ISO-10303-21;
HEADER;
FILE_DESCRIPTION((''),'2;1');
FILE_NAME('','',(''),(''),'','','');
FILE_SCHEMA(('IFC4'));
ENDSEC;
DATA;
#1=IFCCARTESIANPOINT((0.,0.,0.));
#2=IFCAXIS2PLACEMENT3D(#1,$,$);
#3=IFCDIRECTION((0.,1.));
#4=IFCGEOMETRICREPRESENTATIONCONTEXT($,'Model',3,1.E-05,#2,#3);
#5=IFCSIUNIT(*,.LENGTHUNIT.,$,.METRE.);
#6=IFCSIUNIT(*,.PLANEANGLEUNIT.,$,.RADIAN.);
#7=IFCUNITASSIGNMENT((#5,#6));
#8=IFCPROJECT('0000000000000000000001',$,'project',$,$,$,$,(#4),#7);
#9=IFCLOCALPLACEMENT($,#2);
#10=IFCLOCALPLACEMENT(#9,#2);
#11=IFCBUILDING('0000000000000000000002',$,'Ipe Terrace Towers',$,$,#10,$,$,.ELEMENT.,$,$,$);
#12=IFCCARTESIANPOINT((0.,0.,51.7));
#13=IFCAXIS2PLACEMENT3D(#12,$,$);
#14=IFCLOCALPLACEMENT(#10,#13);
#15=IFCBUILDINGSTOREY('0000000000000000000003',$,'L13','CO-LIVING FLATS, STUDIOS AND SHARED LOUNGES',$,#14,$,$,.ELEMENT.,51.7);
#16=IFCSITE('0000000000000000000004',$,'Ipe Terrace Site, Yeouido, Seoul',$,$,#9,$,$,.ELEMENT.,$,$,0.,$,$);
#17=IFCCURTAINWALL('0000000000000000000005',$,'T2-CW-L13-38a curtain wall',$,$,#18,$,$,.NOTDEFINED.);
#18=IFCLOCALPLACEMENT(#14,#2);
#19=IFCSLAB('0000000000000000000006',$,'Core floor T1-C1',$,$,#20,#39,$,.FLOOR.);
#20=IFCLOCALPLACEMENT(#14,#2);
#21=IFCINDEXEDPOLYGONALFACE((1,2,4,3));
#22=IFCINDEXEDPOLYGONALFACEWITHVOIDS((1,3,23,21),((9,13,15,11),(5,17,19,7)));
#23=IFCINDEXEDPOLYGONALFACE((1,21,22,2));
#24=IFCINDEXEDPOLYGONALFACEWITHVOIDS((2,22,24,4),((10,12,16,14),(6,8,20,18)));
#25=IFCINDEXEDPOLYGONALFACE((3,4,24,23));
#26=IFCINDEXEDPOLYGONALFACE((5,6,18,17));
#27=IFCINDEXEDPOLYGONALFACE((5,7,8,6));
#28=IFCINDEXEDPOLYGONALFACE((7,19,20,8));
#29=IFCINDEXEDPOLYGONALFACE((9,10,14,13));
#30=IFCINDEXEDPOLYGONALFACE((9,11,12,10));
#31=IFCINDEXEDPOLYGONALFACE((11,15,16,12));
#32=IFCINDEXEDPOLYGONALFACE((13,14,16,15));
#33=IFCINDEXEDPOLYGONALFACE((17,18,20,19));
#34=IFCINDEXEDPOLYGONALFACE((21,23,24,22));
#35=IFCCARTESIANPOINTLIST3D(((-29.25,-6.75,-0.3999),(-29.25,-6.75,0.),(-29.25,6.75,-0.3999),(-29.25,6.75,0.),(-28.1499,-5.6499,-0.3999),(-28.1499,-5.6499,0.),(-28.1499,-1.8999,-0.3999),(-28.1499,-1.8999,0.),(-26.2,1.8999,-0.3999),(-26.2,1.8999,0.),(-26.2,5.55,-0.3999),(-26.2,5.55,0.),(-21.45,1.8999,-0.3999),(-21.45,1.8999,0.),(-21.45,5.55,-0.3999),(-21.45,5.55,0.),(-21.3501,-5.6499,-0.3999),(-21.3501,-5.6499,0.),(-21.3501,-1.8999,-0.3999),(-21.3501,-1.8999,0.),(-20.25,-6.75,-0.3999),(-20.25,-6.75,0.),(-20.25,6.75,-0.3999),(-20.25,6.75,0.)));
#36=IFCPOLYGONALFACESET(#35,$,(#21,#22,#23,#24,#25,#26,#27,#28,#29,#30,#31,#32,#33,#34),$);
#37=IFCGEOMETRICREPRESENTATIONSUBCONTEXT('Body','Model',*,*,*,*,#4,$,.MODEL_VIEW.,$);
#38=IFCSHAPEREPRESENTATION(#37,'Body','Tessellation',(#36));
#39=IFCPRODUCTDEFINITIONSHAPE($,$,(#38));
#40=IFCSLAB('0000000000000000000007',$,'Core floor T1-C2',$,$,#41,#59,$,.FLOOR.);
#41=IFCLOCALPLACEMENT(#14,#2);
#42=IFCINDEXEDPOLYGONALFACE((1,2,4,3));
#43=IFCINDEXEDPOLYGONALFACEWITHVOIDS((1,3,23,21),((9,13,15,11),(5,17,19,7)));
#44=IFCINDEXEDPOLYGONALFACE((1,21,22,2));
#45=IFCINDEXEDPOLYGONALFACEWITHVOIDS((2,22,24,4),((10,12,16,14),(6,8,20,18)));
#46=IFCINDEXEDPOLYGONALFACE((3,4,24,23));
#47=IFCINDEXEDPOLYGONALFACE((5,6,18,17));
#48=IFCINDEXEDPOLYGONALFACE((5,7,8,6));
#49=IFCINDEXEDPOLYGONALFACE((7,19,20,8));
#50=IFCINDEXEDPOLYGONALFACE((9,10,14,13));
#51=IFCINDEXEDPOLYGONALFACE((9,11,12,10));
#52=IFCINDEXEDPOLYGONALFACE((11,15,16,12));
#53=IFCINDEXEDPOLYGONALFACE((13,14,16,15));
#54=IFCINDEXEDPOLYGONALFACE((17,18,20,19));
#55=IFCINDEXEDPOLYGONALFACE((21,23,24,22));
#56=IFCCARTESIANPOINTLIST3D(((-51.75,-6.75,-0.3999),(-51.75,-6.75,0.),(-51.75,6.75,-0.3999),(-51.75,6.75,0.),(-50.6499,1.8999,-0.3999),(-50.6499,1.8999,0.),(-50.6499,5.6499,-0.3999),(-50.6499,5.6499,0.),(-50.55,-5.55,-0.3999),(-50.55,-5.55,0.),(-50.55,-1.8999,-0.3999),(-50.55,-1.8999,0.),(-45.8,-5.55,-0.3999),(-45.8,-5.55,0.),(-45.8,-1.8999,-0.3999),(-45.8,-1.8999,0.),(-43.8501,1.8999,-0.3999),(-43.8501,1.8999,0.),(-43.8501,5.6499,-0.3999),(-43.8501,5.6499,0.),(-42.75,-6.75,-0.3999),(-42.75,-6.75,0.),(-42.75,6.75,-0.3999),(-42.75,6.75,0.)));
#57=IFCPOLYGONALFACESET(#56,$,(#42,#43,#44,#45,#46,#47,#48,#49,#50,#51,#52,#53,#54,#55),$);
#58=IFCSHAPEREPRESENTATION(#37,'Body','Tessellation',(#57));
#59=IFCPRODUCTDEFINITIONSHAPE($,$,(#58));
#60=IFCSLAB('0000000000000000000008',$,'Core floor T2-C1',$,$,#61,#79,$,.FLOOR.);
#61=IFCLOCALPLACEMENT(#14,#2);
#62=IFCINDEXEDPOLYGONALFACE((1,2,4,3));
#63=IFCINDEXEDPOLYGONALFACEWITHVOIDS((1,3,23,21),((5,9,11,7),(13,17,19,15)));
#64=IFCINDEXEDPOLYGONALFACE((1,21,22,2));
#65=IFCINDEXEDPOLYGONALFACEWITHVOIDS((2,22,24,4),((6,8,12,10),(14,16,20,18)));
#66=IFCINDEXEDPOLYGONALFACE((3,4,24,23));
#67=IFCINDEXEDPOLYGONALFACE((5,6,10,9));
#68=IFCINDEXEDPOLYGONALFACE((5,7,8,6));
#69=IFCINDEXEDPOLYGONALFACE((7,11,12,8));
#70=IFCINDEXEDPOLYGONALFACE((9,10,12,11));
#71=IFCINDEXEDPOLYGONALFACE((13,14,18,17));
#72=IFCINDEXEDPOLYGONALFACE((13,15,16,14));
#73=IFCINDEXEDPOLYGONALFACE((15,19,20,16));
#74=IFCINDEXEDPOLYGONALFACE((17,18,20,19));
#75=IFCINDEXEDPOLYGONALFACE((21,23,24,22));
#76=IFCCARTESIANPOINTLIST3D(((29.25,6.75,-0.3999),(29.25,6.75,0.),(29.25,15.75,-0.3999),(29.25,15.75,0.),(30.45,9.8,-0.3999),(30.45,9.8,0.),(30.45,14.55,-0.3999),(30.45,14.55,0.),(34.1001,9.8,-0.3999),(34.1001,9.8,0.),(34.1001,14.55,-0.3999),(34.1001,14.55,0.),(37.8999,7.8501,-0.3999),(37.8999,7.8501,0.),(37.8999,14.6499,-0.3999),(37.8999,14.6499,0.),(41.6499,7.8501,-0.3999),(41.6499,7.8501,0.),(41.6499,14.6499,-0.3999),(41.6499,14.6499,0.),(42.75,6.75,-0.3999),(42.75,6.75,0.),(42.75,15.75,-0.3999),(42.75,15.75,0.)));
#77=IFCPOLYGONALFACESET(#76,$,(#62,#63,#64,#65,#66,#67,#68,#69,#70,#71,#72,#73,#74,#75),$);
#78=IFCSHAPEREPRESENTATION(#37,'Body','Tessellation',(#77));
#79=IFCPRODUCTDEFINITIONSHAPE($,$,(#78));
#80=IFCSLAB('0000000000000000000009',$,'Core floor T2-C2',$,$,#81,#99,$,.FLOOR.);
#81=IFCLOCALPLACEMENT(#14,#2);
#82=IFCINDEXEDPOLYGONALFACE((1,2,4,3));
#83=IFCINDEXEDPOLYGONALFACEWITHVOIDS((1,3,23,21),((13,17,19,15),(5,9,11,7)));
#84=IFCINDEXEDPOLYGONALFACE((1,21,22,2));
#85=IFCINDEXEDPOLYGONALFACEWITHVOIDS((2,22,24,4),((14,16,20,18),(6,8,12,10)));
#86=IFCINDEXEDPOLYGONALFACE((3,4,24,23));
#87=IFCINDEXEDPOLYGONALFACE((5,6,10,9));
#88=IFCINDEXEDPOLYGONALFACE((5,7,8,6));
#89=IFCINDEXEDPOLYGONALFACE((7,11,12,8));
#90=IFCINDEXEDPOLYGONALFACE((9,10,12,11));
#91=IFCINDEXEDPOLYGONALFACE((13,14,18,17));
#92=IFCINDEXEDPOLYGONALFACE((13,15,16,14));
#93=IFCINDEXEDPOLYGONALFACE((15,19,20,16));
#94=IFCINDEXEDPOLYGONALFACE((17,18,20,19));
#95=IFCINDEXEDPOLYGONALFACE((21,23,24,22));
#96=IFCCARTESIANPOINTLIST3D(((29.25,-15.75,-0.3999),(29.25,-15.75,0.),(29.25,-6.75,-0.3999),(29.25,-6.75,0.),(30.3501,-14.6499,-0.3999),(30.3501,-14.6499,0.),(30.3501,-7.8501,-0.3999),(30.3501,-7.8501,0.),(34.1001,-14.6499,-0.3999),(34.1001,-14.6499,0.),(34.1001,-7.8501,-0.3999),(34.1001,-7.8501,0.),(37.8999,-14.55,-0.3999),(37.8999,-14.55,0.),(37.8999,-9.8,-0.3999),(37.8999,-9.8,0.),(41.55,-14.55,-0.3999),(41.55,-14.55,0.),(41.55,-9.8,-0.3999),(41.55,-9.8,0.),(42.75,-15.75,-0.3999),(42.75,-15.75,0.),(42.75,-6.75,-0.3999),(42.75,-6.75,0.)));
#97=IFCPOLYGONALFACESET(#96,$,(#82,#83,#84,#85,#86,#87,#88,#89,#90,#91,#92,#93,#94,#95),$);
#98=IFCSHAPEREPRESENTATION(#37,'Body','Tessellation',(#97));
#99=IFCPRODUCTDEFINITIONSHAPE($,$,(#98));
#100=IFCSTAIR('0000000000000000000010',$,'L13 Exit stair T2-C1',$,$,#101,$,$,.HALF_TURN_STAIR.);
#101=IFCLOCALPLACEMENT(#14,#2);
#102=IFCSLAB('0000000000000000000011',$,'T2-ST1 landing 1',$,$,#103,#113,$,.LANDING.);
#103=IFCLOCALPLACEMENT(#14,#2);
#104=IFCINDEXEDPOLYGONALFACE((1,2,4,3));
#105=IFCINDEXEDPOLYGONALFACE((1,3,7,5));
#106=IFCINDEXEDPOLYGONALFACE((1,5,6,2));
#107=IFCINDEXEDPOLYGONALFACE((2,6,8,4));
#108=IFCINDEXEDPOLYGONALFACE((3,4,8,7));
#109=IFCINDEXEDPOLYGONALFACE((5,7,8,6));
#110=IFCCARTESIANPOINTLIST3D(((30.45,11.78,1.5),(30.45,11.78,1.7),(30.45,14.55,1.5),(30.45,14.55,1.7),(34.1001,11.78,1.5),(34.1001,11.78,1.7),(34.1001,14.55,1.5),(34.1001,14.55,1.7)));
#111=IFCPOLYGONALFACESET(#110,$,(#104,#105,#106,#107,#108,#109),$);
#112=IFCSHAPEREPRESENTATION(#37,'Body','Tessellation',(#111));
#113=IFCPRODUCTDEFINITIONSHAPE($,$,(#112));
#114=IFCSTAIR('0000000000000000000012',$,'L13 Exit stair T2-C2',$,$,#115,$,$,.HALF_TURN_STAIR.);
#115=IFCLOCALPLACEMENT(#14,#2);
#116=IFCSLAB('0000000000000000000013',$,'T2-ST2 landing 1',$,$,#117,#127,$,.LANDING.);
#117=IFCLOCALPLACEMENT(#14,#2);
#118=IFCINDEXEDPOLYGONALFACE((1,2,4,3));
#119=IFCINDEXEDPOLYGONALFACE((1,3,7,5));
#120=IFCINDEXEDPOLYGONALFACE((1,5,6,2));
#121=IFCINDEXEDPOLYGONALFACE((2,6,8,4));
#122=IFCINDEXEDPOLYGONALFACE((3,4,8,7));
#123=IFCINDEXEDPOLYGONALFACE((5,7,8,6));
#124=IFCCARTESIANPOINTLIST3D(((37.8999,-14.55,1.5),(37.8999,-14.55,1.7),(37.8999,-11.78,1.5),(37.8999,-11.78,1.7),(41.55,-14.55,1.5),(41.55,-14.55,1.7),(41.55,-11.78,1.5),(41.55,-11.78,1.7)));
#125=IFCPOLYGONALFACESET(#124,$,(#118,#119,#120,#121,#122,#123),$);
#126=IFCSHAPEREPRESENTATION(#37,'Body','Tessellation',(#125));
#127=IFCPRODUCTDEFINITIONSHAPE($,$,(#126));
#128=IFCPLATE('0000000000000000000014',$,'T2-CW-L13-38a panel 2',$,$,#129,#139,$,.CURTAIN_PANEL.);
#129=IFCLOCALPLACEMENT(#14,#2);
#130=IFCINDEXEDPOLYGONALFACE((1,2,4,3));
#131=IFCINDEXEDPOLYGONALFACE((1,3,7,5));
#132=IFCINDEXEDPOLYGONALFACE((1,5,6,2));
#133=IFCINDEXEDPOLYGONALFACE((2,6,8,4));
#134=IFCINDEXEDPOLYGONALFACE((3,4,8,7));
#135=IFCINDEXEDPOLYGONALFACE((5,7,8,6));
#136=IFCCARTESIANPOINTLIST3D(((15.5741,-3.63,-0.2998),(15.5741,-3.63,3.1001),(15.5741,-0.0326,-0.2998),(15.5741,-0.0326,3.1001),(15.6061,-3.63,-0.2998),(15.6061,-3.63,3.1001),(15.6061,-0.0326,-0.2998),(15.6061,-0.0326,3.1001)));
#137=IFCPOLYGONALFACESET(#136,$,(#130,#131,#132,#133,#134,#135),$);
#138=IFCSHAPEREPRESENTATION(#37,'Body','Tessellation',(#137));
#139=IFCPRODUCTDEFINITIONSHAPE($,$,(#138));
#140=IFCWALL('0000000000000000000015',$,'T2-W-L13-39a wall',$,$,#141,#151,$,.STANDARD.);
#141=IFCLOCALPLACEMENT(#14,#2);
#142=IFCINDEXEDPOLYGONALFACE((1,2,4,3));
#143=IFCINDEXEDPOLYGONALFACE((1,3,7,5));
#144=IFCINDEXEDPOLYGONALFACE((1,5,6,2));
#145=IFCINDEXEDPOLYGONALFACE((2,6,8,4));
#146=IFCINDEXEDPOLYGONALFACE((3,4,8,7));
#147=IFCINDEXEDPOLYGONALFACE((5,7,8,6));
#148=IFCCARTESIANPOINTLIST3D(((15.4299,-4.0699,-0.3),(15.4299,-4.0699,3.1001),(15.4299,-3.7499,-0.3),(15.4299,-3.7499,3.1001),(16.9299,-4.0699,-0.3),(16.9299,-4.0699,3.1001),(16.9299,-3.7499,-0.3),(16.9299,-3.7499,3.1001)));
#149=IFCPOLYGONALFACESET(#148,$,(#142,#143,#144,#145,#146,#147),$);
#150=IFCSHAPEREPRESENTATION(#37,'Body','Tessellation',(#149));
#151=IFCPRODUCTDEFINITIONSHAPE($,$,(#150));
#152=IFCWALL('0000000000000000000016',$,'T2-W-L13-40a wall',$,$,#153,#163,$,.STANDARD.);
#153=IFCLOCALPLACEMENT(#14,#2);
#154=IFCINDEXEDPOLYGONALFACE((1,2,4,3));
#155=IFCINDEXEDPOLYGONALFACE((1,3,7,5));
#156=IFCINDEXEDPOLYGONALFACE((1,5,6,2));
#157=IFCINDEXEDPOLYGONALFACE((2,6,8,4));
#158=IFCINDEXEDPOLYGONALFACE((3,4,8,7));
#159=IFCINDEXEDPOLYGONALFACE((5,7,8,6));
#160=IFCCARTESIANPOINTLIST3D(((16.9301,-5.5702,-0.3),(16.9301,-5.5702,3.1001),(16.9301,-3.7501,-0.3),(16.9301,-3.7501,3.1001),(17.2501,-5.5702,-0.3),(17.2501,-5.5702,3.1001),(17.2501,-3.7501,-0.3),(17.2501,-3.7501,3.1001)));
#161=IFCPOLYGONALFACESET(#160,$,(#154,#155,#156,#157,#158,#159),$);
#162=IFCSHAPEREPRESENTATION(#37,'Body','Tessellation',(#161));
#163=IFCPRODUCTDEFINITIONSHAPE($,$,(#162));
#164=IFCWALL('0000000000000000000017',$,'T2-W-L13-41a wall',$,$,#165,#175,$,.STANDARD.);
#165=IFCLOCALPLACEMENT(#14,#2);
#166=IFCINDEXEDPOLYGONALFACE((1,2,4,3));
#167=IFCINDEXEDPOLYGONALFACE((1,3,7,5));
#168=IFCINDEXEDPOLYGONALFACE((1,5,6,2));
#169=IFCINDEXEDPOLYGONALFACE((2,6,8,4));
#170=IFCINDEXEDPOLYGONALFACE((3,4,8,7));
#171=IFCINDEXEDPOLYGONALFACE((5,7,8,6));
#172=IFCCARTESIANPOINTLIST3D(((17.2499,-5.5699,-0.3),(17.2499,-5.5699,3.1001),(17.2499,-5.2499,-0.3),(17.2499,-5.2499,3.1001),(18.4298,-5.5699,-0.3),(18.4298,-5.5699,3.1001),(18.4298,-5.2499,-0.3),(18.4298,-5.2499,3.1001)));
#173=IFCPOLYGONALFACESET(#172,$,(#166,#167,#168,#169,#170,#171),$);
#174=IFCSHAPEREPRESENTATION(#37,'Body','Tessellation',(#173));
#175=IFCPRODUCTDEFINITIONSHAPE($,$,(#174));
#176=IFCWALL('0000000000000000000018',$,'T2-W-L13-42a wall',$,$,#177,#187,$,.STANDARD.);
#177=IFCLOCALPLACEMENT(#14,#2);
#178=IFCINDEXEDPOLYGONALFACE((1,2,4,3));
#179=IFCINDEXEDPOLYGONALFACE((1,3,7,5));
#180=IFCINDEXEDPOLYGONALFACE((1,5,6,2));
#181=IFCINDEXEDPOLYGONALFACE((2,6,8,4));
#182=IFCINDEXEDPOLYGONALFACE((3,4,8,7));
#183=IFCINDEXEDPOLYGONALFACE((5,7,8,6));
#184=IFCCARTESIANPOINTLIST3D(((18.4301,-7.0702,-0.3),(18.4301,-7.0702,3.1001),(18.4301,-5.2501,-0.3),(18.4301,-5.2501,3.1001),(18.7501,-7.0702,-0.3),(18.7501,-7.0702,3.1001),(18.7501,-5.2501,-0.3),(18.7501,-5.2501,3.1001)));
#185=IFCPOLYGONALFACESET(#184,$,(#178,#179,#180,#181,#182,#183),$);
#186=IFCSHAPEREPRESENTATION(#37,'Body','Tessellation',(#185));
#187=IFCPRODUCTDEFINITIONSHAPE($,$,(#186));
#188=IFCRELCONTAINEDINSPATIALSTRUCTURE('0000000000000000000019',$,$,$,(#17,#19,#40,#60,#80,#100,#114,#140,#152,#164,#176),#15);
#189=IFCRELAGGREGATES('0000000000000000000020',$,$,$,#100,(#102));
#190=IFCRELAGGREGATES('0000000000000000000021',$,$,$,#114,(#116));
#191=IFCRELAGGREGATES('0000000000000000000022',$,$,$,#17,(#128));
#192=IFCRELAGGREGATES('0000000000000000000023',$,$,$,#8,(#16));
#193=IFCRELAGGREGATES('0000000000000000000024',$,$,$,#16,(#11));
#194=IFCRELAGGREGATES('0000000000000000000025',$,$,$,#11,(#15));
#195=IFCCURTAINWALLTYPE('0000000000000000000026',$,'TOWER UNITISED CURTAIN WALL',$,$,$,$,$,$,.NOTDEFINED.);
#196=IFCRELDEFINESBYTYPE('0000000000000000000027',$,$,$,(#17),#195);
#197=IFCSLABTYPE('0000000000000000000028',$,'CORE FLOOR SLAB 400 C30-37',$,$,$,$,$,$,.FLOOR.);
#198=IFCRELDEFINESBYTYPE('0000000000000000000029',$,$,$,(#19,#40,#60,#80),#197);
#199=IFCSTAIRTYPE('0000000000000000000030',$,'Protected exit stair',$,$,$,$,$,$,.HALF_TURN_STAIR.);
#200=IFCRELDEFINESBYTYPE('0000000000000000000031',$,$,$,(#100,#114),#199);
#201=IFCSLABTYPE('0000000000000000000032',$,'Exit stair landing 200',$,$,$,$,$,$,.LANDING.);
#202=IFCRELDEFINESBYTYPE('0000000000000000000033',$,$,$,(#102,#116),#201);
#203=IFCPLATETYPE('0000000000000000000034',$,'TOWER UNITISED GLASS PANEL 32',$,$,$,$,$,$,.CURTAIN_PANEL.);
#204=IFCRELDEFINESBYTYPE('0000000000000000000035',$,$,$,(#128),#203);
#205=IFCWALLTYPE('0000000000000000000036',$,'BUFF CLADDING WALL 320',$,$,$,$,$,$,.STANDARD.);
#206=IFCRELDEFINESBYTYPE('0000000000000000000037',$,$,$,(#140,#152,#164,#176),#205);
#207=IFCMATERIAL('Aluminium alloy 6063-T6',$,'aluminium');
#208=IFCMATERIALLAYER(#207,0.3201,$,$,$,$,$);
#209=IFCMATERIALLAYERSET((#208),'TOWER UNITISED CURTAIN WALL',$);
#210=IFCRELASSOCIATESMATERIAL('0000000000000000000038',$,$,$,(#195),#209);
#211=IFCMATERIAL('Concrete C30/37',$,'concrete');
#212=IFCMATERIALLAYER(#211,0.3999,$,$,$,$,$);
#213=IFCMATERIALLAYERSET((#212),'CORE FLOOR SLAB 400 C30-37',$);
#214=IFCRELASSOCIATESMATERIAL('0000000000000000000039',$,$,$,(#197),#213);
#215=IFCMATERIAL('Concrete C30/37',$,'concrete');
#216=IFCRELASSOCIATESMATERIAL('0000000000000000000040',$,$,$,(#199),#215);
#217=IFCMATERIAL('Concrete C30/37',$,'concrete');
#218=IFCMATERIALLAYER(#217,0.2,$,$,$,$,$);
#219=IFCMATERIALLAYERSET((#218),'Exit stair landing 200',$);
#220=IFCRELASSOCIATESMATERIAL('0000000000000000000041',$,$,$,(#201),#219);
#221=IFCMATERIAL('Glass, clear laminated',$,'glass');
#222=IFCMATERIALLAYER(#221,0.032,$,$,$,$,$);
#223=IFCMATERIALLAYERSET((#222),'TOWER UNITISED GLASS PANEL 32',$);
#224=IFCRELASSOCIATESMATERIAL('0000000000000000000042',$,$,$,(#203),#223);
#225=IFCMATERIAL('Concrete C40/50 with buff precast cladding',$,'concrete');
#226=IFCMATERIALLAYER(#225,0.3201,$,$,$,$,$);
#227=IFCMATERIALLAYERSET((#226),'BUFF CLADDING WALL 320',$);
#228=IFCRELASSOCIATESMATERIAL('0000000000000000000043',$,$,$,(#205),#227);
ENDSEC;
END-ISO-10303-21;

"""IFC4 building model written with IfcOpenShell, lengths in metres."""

from ifc_helpers import new_model, si_unit, direction, frame, frame_2d, origin, origin_2d, place, context, subcontext, project, spatial, polyline, rectangle, outline, extrude, material, layer, layer_set, type_object, element, aggregate, save


model = new_model("IFC4")

# Units and contexts
model_context = context("Model", 3, precision=1e-05, world=origin(), true_north=direction((0.0, 1.0)))
body_context = subcontext(model_context, "Body", "Model", "MODEL_VIEW")
ifc_project = project(units=[si_unit("LENGTHUNIT", "METRE"), si_unit("PLANEANGLEUNIT", "RADIAN")], contexts=[model_context])

# Site, building, storey
site_placement = place(None, origin())
site = spatial("IfcSite", under=ifc_project, at=site_placement, Name="Ipe Terrace Site, Yeouido, Seoul", CompositionType="ELEMENT", RefElevation=0.0)
building_placement = place(site_placement, origin())
building = spatial("IfcBuilding", under=site, at=building_placement, Name="Ipe Terrace Towers", CompositionType="ELEMENT")
storey_placement = place(building_placement, frame((0.0, 0.0, 51.7)))
storey = spatial("IfcBuildingStorey", under=building, at=storey_placement, Name="L13", Description="CO-LIVING FLATS, STUDIOS AND SHARED LOUNGES", CompositionType="ELEMENT", Elevation=51.7)

# Curtain wall
ifc_material_1 = material(Name="Aluminium alloy 6063-T6", Category="aluminium")
ifc_layer_1 = layer(ifc_material_1, 0.3201)
ifc_layer_set_1 = layer_set([ifc_layer_1], Name="TOWER UNITISED CURTAIN WALL")
curtain_wall_type = type_object("IfcCurtainWallType", Name="TOWER UNITISED CURTAIN WALL", PredefinedType="NOTDEFINED", material=ifc_layer_set_1)
curtain_wall_1_placement = place(storey_placement, origin())
curtain_wall_1 = element("IfcCurtainWall", 1, at=curtain_wall_1_placement, inside=storey, type_object=curtain_wall_type, Name="T2-CW-L13-38a curtain wall", PredefinedType="NOTDEFINED")

# Slabs
ifc_material_2 = material(Name="Concrete C30/37", Category="concrete")
ifc_layer_2 = layer(ifc_material_2, 0.3999)
ifc_layer_set_2 = layer_set([ifc_layer_2], Name="CORE FLOOR SLAB 400 C30-37")
slab_type_1 = type_object("IfcSlabType", Name="CORE FLOOR SLAB 400 C30-37", PredefinedType="FLOOR", material=ifc_layer_set_2)
slab_1_placement = place(storey_placement, frame((0.0, 0.0, -0.3999)))
element("IfcSlab", 2, at=slab_1_placement, inside=storey, type_object=slab_type_1, Name="Core floor T1-C1", PredefinedType="FLOOR", context=body_context, shape_type="SweptSolid", body=[
    extrude(outline(polyline([(-29.25, -6.75), (-29.25, 6.75), (-20.25, 6.75), (-20.25, -6.75), (-29.25, -6.75)]), holes=[polyline([(-28.1499, -5.6499), (-21.3501, -5.6499), (-21.3501, -1.8999), (-28.1499, -1.8999), (-28.1499, -5.6499)]), polyline([(-26.2, 5.55), (-26.2, 1.8999), (-21.45, 1.8999), (-21.45, 5.55), (-26.2, 5.55)])]), origin(), (0.0, 0.0, 1.0), 0.3999),
])
slab_2_placement = place(storey_placement, frame((0.0, 0.0, -0.3999)))
element("IfcSlab", 3, at=slab_2_placement, inside=storey, type_object=slab_type_1, Name="Core floor T1-C2", PredefinedType="FLOOR", context=body_context, shape_type="SweptSolid", body=[
    extrude(outline(polyline([(-51.75, -6.75), (-51.75, 6.75), (-42.75, 6.75), (-42.75, -6.75), (-51.75, -6.75)]), holes=[polyline([(-45.8, -5.55), (-45.8, -1.8999), (-50.55, -1.8999), (-50.55, -5.55), (-45.8, -5.55)]), polyline([(-50.6499, 1.8999), (-43.8501, 1.8999), (-43.8501, 5.6499), (-50.6499, 5.6499), (-50.6499, 1.8999)])]), origin(), (0.0, 0.0, 1.0), 0.3999),
])
slab_3_placement = place(storey_placement, frame((0.0, 0.0, -0.3999)))
element("IfcSlab", 4, at=slab_3_placement, inside=storey, type_object=slab_type_1, Name="Core floor T2-C1", PredefinedType="FLOOR", context=body_context, shape_type="SweptSolid", body=[
    extrude(outline(polyline([(29.25, 6.75), (29.25, 15.75), (42.75, 15.75), (42.75, 6.75), (29.25, 6.75)]), holes=[polyline([(41.6499, 7.8501), (41.6499, 14.6499), (37.8999, 14.6499), (37.8999, 7.8501), (41.6499, 7.8501)]), polyline([(30.45, 9.8), (34.1001, 9.8), (34.1001, 14.55), (30.45, 14.55), (30.45, 9.8)])]), origin(), (0.0, 0.0, 1.0), 0.3999),
])
slab_4_placement = place(storey_placement, frame((0.0, 0.0, -0.3999)))
element("IfcSlab", 5, at=slab_4_placement, inside=storey, type_object=slab_type_1, Name="Core floor T2-C2", PredefinedType="FLOOR", context=body_context, shape_type="SweptSolid", body=[
    extrude(outline(polyline([(29.25, -15.75), (29.25, -6.75), (42.75, -6.75), (42.75, -15.75), (29.25, -15.75)]), holes=[polyline([(34.1001, -14.6499), (34.1001, -7.8501), (30.3501, -7.8501), (30.3501, -14.6499), (34.1001, -14.6499)]), polyline([(41.55, -9.8), (37.8999, -9.8), (37.8999, -14.55), (41.55, -14.55), (41.55, -9.8)])]), origin(), (0.0, 0.0, 1.0), 0.3999),
])

# Stairs, slabs
ifc_material_3 = material(Name="Concrete C30/37", Category="concrete")
stair_type = type_object("IfcStairType", Name="Protected exit stair", PredefinedType="HALF_TURN_STAIR", material=ifc_material_3)
stair_1_placement = place(storey_placement, origin())
stair_1 = element("IfcStair", 6, at=stair_1_placement, inside=storey, type_object=stair_type, Name="L13 Exit stair T2-C1", PredefinedType="HALF_TURN_STAIR")
ifc_material_4 = material(Name="Concrete C30/37", Category="concrete")
ifc_layer_3 = layer(ifc_material_4, 0.2)
ifc_layer_set_3 = layer_set([ifc_layer_3], Name="Exit stair landing 200")
slab_type_2 = type_object("IfcSlabType", Name="Exit stair landing 200", PredefinedType="LANDING", material=ifc_layer_set_3)
slab_5_placement = place(storey_placement, frame((0.0, 0.0, 1.5)))
slab_5 = element("IfcSlab", 7, at=slab_5_placement, type_object=slab_type_2, Name="T2-ST1 landing 1", PredefinedType="LANDING", context=body_context, shape_type="SweptSolid", body=[
    extrude(outline(polyline([(34.1001, 11.78), (34.1001, 14.55), (30.45, 14.55), (30.45, 11.78), (34.1001, 11.78)])), origin(), (0.0, 0.0, 1.0), 0.2),
])
aggregate(stair_1, [slab_5])
stair_2_placement = place(storey_placement, origin())
stair_2 = element("IfcStair", 8, at=stair_2_placement, inside=storey, type_object=stair_type, Name="L13 Exit stair T2-C2", PredefinedType="HALF_TURN_STAIR")
slab_6_placement = place(storey_placement, frame((0.0, 0.0, 1.5)))
slab_6 = element("IfcSlab", 9, at=slab_6_placement, type_object=slab_type_2, Name="T2-ST2 landing 1", PredefinedType="LANDING", context=body_context, shape_type="SweptSolid", body=[
    extrude(outline(polyline([(37.8999, -11.78), (37.8999, -14.55), (41.55, -14.55), (41.55, -11.78), (37.8999, -11.78)])), origin(), (0.0, 0.0, 1.0), 0.2),
])
aggregate(stair_2, [slab_6])

# Plate
ifc_material_5 = material(Name="Glass, clear laminated", Category="glass")
ifc_layer_4 = layer(ifc_material_5, 0.032)
ifc_layer_set_4 = layer_set([ifc_layer_4], Name="TOWER UNITISED GLASS PANEL 32")
plate_type = type_object("IfcPlateType", Name="TOWER UNITISED GLASS PANEL 32", PredefinedType="CURTAIN_PANEL", material=ifc_layer_set_4)
plate_placement = place(storey_placement, frame((15.5901, -1.8313, -0.2998), z_axis=(0.0, 0.0, 1.0), x_axis=(0.0, -1.0, 0.0)))
plate = element("IfcPlate", 10, at=plate_placement, type_object=plate_type, Name="T2-CW-L13-38a panel 2", PredefinedType="CURTAIN_PANEL", context=body_context, shape_type="SweptSolid", body=[
    extrude(rectangle(XDim=3.5974, YDim=0.032, at=origin_2d()), origin(), (0.0, 0.0, 1.0), 3.3999),
])
aggregate(curtain_wall_1, [plate])

# Walls
ifc_material_6 = material(Name="Concrete C40/50 with buff precast cladding", Category="concrete")
ifc_layer_5 = layer(ifc_material_6, 0.3201)
ifc_layer_set_5 = layer_set([ifc_layer_5], Name="BUFF CLADDING WALL 320")
wall_type = type_object("IfcWallType", Name="BUFF CLADDING WALL 320", PredefinedType="STANDARD", material=ifc_layer_set_5)
wall_1_placement = place(storey_placement, frame((15.4299, -3.9099, -0.3), z_axis=(0.0, 0.0, 1.0), x_axis=(1.0, 0.0, 0.0)))
element("IfcWall", 11, at=wall_1_placement, inside=storey, type_object=wall_type, Name="T2-W-L13-39a wall", PredefinedType="STANDARD", context=body_context, shape_type="SweptSolid", body=[
    extrude(rectangle(XDim=1.5, YDim=0.3201, at=frame_2d((0.75, 0.0))), origin(), (0.0, 0.0, 1.0), 3.4001),
])
wall_2_placement = place(storey_placement, frame((17.0901, -3.75, -0.3), z_axis=(0.0, 0.0, 1.0), x_axis=(0.0, -1.0, 0.0)))
element("IfcWall", 12, at=wall_2_placement, inside=storey, type_object=wall_type, Name="T2-W-L13-40a wall", PredefinedType="STANDARD", context=body_context, shape_type="SweptSolid", body=[
    extrude(rectangle(XDim=1.8201, YDim=0.3201, at=frame_2d((0.9102, 0.0))), origin(), (0.0, 0.0, 1.0), 3.4001),
])
wall_3_placement = place(storey_placement, frame((17.25, -5.4099, -0.3), z_axis=(0.0, 0.0, 1.0), x_axis=(1.0, 0.0, 0.0)))
element("IfcWall", 13, at=wall_3_placement, inside=storey, type_object=wall_type, Name="T2-W-L13-41a wall", PredefinedType="STANDARD", context=body_context, shape_type="SweptSolid", body=[
    extrude(rectangle(XDim=1.1799, YDim=0.3201, at=frame_2d((0.5898, 0.0))), origin(), (0.0, 0.0, 1.0), 3.4001),
])
wall_4_placement = place(storey_placement, frame((18.5901, -5.25, -0.3), z_axis=(0.0, 0.0, 1.0), x_axis=(0.0, -1.0, 0.0)))
element("IfcWall", 14, at=wall_4_placement, inside=storey, type_object=wall_type, Name="T2-W-L13-42a wall", PredefinedType="STANDARD", context=body_context, shape_type="SweptSolid", body=[
    extrude(rectangle(XDim=1.8201, YDim=0.3201, at=frame_2d((0.9102, 0.0))), origin(), (0.0, 0.0, 1.0), 3.4001),
])

save(model, "model.ifc")
